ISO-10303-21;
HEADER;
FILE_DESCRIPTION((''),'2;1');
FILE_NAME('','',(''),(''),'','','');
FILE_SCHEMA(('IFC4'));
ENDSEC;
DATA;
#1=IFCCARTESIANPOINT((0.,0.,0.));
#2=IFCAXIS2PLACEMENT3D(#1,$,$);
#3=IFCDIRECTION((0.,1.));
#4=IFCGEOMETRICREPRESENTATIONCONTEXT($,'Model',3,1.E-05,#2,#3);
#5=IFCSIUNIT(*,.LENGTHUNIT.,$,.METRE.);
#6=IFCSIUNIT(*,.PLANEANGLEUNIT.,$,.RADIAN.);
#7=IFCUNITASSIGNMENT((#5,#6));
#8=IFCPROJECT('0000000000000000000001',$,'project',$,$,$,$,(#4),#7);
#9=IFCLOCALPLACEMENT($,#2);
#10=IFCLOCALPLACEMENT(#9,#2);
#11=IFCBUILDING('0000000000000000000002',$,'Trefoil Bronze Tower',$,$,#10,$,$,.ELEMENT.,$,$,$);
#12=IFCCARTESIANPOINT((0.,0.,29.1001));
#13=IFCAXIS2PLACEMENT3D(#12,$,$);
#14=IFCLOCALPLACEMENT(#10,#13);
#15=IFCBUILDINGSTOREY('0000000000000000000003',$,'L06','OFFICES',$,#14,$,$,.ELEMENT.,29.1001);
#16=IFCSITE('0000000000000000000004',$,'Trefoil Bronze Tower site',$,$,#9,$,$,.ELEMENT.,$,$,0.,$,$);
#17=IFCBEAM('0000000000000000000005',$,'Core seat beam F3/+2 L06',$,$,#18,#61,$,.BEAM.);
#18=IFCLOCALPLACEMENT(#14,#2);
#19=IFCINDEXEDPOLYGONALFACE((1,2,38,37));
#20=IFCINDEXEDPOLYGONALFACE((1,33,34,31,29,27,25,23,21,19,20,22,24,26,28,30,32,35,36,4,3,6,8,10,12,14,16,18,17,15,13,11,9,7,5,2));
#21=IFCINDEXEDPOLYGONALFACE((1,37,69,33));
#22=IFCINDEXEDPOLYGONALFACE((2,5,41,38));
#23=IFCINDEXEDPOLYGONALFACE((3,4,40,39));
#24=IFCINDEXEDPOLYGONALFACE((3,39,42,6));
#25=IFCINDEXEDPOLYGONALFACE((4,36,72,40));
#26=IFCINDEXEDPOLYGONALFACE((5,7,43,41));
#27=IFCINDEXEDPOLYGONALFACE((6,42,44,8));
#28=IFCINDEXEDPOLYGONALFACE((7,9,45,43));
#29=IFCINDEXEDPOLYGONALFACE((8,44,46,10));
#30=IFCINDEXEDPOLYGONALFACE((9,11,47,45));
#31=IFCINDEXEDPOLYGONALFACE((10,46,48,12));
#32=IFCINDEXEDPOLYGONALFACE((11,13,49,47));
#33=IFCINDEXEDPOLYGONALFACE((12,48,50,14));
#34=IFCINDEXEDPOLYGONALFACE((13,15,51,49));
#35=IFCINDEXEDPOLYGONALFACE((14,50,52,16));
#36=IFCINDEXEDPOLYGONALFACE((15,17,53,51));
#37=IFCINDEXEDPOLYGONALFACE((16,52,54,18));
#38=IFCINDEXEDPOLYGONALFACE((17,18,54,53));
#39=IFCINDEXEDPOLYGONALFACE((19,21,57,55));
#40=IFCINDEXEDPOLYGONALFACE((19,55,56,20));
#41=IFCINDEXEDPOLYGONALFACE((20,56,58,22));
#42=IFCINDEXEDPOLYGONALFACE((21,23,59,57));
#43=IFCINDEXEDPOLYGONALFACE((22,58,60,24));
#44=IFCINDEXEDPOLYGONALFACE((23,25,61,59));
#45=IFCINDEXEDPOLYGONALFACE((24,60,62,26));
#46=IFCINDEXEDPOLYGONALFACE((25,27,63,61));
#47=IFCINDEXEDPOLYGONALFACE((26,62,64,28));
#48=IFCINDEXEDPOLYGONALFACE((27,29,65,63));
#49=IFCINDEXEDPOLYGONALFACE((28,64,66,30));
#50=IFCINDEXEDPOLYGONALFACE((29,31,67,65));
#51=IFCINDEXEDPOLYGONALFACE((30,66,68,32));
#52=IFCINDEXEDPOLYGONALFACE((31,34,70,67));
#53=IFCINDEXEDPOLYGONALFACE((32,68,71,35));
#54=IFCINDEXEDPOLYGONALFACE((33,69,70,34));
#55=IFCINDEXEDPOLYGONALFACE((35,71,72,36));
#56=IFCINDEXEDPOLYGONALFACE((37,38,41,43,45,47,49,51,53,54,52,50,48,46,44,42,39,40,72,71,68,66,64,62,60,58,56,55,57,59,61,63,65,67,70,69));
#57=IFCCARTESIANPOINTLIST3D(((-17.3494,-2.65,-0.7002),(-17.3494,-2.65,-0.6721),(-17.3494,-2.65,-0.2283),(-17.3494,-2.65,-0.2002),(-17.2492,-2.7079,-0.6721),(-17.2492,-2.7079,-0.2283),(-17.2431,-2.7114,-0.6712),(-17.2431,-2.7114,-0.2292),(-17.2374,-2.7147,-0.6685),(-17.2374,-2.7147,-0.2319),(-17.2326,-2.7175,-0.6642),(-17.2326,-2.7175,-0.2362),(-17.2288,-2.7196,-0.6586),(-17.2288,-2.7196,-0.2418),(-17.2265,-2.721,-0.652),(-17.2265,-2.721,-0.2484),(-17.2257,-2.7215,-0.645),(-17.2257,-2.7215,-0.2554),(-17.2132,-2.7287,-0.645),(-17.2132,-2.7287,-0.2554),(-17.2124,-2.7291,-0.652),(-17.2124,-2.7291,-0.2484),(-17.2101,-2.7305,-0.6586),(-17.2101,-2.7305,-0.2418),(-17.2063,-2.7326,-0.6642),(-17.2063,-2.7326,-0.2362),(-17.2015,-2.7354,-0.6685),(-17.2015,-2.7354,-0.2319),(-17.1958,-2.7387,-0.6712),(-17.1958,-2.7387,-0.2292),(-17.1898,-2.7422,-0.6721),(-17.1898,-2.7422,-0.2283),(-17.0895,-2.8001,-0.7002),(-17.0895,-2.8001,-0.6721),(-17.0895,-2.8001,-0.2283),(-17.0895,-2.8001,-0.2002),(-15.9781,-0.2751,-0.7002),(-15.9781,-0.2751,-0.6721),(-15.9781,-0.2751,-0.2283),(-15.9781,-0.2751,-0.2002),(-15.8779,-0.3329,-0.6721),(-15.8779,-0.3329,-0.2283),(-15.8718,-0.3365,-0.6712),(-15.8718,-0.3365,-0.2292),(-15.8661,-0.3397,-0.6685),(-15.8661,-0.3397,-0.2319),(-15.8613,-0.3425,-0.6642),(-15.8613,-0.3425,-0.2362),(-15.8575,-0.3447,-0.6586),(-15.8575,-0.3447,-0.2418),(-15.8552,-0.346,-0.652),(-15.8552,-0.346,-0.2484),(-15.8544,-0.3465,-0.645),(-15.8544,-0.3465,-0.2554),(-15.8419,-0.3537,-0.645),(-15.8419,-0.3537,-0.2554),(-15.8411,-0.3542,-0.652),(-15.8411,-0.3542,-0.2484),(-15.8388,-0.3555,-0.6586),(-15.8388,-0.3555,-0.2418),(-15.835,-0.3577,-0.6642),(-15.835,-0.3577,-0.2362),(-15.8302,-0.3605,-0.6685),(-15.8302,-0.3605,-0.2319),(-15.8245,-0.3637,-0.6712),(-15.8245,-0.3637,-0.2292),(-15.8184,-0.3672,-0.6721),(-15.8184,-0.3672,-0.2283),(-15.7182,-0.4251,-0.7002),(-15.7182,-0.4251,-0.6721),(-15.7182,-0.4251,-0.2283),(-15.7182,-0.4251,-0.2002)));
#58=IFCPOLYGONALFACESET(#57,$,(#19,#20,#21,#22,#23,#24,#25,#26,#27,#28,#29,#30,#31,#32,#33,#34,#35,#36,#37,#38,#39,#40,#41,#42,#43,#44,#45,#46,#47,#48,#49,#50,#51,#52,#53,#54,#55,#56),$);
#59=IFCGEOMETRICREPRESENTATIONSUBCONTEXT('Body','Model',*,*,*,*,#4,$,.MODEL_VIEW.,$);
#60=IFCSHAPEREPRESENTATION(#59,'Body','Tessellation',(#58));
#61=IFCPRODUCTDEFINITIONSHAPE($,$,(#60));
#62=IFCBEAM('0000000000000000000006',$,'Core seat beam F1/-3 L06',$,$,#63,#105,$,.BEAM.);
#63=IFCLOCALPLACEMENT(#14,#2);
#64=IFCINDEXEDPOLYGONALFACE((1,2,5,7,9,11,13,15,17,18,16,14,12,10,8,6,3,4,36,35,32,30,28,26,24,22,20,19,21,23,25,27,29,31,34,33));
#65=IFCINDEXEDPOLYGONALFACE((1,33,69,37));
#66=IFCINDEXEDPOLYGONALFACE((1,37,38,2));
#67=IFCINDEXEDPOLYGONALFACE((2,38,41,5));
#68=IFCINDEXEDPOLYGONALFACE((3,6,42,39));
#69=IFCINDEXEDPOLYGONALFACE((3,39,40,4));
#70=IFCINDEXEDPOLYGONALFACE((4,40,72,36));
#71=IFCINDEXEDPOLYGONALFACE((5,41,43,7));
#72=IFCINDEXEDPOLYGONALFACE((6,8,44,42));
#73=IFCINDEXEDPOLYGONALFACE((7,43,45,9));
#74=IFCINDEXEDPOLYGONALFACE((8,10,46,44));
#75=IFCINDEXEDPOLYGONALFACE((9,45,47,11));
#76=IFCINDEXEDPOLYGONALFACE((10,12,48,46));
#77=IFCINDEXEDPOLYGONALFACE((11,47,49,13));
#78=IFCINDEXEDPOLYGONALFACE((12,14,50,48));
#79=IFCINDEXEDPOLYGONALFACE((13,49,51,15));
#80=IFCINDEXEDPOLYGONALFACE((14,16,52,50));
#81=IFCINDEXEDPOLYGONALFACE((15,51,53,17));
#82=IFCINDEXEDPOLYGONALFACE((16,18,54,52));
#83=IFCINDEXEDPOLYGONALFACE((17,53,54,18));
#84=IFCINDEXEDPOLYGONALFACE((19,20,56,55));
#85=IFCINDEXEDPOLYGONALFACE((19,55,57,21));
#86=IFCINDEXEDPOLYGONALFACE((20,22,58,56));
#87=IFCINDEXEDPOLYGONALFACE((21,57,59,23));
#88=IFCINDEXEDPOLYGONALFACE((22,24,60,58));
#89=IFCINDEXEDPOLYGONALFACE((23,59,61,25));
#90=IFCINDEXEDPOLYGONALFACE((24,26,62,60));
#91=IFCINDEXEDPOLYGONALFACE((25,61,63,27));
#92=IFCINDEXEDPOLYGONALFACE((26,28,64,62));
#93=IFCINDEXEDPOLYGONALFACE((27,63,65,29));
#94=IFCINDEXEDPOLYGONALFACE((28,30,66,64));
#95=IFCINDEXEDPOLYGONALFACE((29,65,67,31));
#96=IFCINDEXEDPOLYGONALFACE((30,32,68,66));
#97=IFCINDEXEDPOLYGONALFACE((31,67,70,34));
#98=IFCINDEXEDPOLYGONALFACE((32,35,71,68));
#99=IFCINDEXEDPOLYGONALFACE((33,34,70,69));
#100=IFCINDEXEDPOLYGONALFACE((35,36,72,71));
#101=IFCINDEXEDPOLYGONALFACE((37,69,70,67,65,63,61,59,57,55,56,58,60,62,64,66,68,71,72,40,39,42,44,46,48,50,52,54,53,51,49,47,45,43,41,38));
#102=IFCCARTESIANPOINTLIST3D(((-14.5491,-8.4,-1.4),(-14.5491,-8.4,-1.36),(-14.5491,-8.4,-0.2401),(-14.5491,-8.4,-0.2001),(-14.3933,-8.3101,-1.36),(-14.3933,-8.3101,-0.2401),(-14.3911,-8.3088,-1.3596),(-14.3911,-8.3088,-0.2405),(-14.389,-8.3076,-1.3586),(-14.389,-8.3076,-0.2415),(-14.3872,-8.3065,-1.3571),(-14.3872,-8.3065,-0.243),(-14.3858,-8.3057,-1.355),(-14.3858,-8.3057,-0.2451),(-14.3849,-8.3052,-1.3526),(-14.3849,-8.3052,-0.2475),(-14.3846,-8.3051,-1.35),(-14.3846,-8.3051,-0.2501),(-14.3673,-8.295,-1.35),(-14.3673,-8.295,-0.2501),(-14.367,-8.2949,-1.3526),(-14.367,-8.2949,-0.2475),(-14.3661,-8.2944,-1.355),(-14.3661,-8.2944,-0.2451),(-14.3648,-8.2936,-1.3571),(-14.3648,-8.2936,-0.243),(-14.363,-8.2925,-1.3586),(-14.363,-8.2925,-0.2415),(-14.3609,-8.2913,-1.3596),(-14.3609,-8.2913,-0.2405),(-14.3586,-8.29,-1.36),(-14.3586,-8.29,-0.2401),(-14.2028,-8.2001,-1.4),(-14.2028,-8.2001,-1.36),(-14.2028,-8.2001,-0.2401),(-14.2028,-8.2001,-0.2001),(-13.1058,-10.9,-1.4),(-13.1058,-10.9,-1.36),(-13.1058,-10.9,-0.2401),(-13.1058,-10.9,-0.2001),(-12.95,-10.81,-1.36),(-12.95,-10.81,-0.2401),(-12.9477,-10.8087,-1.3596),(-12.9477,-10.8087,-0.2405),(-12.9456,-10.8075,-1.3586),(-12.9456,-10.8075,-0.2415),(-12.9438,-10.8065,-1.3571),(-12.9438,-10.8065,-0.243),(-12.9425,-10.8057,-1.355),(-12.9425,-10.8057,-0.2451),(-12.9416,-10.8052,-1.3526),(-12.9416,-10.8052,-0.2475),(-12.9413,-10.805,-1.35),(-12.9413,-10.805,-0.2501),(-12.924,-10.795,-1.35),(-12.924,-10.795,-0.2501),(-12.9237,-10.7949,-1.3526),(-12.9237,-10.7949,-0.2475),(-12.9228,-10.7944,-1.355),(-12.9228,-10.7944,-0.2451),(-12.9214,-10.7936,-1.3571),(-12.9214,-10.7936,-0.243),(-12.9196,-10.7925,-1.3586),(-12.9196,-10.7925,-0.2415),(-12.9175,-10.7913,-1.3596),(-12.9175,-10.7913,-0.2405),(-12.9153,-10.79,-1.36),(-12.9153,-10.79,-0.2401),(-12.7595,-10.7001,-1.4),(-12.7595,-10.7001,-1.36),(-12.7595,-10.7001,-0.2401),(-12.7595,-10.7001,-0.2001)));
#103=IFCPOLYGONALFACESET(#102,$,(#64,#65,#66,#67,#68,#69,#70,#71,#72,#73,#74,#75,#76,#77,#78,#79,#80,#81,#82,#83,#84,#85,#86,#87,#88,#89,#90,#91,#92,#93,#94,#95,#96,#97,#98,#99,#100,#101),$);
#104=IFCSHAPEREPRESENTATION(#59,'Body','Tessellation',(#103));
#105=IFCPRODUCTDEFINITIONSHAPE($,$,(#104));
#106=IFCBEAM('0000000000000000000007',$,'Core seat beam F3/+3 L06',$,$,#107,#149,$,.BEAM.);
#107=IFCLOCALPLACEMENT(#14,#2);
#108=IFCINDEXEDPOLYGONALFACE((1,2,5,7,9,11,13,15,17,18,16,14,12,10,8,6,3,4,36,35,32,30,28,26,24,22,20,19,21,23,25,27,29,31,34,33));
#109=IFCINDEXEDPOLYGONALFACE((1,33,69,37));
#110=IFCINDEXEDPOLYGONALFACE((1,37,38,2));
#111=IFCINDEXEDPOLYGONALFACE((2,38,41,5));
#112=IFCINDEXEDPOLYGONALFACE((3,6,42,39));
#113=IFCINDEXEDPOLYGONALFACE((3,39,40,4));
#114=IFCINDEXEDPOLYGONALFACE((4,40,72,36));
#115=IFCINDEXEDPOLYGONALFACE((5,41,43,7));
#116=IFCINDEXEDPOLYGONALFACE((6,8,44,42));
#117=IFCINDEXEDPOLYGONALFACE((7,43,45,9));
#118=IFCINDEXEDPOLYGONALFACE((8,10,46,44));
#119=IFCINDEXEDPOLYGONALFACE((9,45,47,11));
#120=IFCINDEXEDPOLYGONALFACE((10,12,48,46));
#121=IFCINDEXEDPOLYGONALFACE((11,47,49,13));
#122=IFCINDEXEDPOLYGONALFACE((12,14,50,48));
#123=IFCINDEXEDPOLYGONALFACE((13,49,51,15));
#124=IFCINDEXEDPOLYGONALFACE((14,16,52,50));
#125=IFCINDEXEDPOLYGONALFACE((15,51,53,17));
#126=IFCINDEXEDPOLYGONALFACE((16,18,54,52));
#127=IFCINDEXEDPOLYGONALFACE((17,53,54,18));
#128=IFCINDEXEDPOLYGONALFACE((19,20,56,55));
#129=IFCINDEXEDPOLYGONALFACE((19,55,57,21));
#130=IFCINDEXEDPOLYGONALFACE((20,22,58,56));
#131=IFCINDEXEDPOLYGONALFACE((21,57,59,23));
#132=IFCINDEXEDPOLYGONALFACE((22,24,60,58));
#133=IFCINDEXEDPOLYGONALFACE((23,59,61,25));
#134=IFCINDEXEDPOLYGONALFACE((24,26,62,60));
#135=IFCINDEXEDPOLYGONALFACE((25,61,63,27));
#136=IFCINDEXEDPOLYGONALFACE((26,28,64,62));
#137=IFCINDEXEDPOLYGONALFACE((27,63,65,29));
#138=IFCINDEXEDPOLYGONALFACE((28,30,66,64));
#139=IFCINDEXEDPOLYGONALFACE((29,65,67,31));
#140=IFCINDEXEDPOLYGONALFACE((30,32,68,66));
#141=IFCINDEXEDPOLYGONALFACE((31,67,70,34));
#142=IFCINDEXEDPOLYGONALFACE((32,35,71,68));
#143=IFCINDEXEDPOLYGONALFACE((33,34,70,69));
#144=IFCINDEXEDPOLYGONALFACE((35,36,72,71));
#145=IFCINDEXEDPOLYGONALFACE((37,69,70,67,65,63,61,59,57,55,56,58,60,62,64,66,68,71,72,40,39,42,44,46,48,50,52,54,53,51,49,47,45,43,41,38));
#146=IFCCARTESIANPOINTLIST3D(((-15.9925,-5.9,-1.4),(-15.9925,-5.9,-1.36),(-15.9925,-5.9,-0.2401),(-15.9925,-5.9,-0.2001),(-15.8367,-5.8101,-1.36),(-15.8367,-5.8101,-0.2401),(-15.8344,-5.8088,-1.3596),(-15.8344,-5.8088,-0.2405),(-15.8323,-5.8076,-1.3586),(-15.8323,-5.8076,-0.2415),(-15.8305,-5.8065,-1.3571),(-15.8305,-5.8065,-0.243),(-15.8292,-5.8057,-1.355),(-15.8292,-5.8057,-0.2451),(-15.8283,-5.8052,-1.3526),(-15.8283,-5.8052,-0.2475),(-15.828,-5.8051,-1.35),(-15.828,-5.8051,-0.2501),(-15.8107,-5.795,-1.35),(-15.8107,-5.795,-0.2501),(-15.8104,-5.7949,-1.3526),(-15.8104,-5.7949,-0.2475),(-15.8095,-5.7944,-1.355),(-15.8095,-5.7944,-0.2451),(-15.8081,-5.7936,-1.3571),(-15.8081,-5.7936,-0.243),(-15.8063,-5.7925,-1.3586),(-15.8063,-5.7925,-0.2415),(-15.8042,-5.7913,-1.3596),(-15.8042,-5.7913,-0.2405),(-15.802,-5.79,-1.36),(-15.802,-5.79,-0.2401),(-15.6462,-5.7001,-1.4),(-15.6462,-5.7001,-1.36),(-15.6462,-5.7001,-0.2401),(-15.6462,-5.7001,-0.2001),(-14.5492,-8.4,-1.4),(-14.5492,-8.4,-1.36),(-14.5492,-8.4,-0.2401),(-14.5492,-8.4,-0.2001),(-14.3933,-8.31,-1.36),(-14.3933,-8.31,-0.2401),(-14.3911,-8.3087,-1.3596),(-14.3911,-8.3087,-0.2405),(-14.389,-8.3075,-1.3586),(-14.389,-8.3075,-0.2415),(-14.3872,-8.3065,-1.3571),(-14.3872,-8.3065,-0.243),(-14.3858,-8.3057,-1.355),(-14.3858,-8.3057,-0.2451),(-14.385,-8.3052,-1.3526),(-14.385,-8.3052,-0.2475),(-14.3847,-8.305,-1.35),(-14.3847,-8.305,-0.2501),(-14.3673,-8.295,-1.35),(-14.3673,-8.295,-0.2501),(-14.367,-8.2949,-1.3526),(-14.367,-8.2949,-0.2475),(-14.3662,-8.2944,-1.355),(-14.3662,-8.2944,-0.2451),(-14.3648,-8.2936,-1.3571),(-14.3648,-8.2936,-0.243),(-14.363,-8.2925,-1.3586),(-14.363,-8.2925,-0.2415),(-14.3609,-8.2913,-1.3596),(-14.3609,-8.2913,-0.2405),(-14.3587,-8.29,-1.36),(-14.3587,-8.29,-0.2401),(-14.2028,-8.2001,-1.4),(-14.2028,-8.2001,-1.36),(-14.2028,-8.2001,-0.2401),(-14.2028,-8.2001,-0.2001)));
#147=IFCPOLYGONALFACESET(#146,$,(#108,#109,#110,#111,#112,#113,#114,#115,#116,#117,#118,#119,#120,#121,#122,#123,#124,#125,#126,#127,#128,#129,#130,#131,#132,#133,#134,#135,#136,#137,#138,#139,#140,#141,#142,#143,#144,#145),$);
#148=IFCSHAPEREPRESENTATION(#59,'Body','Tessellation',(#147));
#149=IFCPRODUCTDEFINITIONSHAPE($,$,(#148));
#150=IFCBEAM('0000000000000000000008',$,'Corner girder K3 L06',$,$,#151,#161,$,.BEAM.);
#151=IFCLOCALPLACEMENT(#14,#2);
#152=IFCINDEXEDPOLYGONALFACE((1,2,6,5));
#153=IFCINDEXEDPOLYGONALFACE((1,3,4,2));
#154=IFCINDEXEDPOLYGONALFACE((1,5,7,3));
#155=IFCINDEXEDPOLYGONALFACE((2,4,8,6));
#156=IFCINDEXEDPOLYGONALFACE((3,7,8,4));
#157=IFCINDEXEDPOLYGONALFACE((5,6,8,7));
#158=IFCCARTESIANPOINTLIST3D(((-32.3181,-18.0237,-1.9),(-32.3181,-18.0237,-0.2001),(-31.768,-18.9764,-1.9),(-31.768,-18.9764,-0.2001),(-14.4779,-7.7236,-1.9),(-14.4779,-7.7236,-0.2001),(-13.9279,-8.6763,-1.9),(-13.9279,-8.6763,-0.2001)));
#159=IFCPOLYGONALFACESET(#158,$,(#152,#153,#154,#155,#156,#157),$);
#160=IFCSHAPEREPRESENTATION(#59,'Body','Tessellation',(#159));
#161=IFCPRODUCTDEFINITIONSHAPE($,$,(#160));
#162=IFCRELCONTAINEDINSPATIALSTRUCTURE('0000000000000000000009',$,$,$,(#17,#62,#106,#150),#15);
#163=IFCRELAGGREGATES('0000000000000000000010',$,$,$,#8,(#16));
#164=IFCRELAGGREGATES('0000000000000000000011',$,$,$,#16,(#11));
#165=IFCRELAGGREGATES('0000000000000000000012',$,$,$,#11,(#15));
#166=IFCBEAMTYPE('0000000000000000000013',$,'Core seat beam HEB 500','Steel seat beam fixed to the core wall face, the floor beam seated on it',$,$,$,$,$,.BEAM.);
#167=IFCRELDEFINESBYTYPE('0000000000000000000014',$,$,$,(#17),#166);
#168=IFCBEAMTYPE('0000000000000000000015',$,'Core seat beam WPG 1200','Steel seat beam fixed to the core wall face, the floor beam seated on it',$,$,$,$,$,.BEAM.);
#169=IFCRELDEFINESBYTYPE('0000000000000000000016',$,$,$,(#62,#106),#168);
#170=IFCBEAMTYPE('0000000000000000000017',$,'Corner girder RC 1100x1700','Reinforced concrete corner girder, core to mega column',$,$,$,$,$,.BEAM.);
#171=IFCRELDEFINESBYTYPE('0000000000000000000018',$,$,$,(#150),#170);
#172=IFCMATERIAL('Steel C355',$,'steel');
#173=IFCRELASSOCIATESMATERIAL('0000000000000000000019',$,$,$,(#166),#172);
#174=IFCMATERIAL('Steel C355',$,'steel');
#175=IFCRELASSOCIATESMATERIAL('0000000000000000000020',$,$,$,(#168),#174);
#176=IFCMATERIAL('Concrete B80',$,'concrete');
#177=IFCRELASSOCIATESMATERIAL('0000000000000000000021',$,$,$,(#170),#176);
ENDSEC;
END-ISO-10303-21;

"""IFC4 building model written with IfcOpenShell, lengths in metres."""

from ifc_helpers import new_model, si_unit, direction, frame, origin, origin_2d, place, context, subcontext, project, spatial, rectangle, i_section, extrude, material, material_profile, profile_set, type_object, element, save


model = new_model("IFC4")

# Units and contexts
model_context = context("Model", 3, precision=1e-05, world=origin(), true_north=direction((0.0, 1.0)))
body_context = subcontext(model_context, "Body", "Model", "MODEL_VIEW")
ifc_project = project(units=[si_unit("LENGTHUNIT", "METRE"), si_unit("PLANEANGLEUNIT", "RADIAN")], contexts=[model_context])

# Site, building, storey
site_placement = place(None, origin())
site = spatial("IfcSite", under=ifc_project, at=site_placement, Name="Trefoil Bronze Tower site", CompositionType="ELEMENT", RefElevation=0.0)
building_placement = place(site_placement, origin())
building = spatial("IfcBuilding", under=site, at=building_placement, Name="Trefoil Bronze Tower", CompositionType="ELEMENT")
storey_placement = place(building_placement, frame((0.0, 0.0, 29.1001)))
storey = spatial("IfcBuildingStorey", under=building, at=storey_placement, Name="L06", Description="OFFICES", CompositionType="ELEMENT", Elevation=29.1001)

# Beams
ifc_material_1 = material(Name="Steel C355", Category="steel")
ifc_material_profile_1 = material_profile(ifc_material_1, i_section(OverallWidth=0.3, OverallDepth=0.5, WebThickness=0.0144, FlangeThickness=0.0281, FilletRadius=0.0271, at=origin_2d()), Name="HEB 500")
ifc_profile_set_1 = profile_set([ifc_material_profile_1], Name="Steel C355")
beam_type_1 = type_object("IfcBeamType", Name="Core seat beam HEB 500", Description="Steel seat beam fixed to the core wall face, the floor beam seated on it", PredefinedType="BEAM", material=ifc_profile_set_1)
beam_1_placement = place(storey_placement, frame((-15.8481, -0.3501, -0.4502), z_axis=(-0.500036, -0.866005, 0.0), x_axis=(0.866005, -0.500036, 0.0)))
element("IfcBeam", 1, at=beam_1_placement, inside=storey, type_object=beam_type_1, Name="Core seat beam F3/+2 L06", PredefinedType="BEAM", context=body_context, shape_type="SweptSolid", body=[
    extrude(i_section(OverallWidth=0.3, OverallDepth=0.5, WebThickness=0.0144, FlangeThickness=0.0281, FilletRadius=0.0271, at=origin_2d()), origin(), (0.0, 0.0, 1.0), 2.7424),
])
ifc_material_2 = material(Name="Steel C355", Category="steel")
ifc_material_profile_2 = material_profile(ifc_material_2, i_section(OverallWidth=0.3999, OverallDepth=1.2, WebThickness=0.02, FlangeThickness=0.04, FilletRadius=0.01, at=origin_2d()), Name="WPG 1200")
ifc_profile_set_2 = profile_set([ifc_material_profile_2], Name="Steel C355")
beam_type_2 = type_object("IfcBeamType", Name="Core seat beam WPG 1200", Description="Steel seat beam fixed to the core wall face, the floor beam seated on it", PredefinedType="BEAM", material=ifc_profile_set_2)
for number, where, z_axis, x_axis, name in (
    (2, (-14.376, -8.3, -0.8), (0.499996, -0.866028, 0.0), (0.866028, 0.499996, 0.0), "Core seat beam F1/-3 L06"),
    (3, (-15.8193, -5.8, -0.8), (0.499996, -0.866028, 0.0), (0.866028, 0.499996, 0.0), "Core seat beam F3/+3 L06"),
):
    element("IfcBeam", number, at=place(storey_placement, frame(where, z_axis=z_axis, x_axis=x_axis)), inside=storey, type_object=beam_type_2, Name=name, PredefinedType="BEAM", context=body_context, shape_type="SweptSolid", body=[
        extrude(i_section(OverallWidth=0.3999, OverallDepth=1.2, WebThickness=0.02, FlangeThickness=0.04, FilletRadius=0.01, at=origin_2d()), origin(), (0.0, 0.0, 1.0), 2.8867),
    ])
ifc_material_3 = material(Name="Concrete B80", Category="concrete")
ifc_material_profile_3 = material_profile(ifc_material_3, rectangle(XDim=1.1001, YDim=1.7, at=origin_2d()), Name="RC 1100x1700")
ifc_profile_set_3 = profile_set([ifc_material_profile_3], Name="Concrete B80")
beam_type_3 = type_object("IfcBeamType", Name="Corner girder RC 1100x1700", Description="Reinforced concrete corner girder, core to mega column", PredefinedType="BEAM", material=ifc_profile_set_3)
beam_2_placement = place(storey_placement, frame((-14.2029, -8.2, -1.05), z_axis=(-0.866024, -0.500003, 0.0), x_axis=(0.500003, -0.866024, 0.0)))
element("IfcBeam", 4, at=beam_2_placement, inside=storey, type_object=beam_type_3, Name="Corner girder K3 L06", PredefinedType="BEAM", context=body_context, shape_type="SweptSolid", body=[
    extrude(rectangle(XDim=1.1001, YDim=1.7, at=origin_2d()), origin(), (0.0, 0.0, 1.0), 20.6001),
])

save(model, "model.ifc")
